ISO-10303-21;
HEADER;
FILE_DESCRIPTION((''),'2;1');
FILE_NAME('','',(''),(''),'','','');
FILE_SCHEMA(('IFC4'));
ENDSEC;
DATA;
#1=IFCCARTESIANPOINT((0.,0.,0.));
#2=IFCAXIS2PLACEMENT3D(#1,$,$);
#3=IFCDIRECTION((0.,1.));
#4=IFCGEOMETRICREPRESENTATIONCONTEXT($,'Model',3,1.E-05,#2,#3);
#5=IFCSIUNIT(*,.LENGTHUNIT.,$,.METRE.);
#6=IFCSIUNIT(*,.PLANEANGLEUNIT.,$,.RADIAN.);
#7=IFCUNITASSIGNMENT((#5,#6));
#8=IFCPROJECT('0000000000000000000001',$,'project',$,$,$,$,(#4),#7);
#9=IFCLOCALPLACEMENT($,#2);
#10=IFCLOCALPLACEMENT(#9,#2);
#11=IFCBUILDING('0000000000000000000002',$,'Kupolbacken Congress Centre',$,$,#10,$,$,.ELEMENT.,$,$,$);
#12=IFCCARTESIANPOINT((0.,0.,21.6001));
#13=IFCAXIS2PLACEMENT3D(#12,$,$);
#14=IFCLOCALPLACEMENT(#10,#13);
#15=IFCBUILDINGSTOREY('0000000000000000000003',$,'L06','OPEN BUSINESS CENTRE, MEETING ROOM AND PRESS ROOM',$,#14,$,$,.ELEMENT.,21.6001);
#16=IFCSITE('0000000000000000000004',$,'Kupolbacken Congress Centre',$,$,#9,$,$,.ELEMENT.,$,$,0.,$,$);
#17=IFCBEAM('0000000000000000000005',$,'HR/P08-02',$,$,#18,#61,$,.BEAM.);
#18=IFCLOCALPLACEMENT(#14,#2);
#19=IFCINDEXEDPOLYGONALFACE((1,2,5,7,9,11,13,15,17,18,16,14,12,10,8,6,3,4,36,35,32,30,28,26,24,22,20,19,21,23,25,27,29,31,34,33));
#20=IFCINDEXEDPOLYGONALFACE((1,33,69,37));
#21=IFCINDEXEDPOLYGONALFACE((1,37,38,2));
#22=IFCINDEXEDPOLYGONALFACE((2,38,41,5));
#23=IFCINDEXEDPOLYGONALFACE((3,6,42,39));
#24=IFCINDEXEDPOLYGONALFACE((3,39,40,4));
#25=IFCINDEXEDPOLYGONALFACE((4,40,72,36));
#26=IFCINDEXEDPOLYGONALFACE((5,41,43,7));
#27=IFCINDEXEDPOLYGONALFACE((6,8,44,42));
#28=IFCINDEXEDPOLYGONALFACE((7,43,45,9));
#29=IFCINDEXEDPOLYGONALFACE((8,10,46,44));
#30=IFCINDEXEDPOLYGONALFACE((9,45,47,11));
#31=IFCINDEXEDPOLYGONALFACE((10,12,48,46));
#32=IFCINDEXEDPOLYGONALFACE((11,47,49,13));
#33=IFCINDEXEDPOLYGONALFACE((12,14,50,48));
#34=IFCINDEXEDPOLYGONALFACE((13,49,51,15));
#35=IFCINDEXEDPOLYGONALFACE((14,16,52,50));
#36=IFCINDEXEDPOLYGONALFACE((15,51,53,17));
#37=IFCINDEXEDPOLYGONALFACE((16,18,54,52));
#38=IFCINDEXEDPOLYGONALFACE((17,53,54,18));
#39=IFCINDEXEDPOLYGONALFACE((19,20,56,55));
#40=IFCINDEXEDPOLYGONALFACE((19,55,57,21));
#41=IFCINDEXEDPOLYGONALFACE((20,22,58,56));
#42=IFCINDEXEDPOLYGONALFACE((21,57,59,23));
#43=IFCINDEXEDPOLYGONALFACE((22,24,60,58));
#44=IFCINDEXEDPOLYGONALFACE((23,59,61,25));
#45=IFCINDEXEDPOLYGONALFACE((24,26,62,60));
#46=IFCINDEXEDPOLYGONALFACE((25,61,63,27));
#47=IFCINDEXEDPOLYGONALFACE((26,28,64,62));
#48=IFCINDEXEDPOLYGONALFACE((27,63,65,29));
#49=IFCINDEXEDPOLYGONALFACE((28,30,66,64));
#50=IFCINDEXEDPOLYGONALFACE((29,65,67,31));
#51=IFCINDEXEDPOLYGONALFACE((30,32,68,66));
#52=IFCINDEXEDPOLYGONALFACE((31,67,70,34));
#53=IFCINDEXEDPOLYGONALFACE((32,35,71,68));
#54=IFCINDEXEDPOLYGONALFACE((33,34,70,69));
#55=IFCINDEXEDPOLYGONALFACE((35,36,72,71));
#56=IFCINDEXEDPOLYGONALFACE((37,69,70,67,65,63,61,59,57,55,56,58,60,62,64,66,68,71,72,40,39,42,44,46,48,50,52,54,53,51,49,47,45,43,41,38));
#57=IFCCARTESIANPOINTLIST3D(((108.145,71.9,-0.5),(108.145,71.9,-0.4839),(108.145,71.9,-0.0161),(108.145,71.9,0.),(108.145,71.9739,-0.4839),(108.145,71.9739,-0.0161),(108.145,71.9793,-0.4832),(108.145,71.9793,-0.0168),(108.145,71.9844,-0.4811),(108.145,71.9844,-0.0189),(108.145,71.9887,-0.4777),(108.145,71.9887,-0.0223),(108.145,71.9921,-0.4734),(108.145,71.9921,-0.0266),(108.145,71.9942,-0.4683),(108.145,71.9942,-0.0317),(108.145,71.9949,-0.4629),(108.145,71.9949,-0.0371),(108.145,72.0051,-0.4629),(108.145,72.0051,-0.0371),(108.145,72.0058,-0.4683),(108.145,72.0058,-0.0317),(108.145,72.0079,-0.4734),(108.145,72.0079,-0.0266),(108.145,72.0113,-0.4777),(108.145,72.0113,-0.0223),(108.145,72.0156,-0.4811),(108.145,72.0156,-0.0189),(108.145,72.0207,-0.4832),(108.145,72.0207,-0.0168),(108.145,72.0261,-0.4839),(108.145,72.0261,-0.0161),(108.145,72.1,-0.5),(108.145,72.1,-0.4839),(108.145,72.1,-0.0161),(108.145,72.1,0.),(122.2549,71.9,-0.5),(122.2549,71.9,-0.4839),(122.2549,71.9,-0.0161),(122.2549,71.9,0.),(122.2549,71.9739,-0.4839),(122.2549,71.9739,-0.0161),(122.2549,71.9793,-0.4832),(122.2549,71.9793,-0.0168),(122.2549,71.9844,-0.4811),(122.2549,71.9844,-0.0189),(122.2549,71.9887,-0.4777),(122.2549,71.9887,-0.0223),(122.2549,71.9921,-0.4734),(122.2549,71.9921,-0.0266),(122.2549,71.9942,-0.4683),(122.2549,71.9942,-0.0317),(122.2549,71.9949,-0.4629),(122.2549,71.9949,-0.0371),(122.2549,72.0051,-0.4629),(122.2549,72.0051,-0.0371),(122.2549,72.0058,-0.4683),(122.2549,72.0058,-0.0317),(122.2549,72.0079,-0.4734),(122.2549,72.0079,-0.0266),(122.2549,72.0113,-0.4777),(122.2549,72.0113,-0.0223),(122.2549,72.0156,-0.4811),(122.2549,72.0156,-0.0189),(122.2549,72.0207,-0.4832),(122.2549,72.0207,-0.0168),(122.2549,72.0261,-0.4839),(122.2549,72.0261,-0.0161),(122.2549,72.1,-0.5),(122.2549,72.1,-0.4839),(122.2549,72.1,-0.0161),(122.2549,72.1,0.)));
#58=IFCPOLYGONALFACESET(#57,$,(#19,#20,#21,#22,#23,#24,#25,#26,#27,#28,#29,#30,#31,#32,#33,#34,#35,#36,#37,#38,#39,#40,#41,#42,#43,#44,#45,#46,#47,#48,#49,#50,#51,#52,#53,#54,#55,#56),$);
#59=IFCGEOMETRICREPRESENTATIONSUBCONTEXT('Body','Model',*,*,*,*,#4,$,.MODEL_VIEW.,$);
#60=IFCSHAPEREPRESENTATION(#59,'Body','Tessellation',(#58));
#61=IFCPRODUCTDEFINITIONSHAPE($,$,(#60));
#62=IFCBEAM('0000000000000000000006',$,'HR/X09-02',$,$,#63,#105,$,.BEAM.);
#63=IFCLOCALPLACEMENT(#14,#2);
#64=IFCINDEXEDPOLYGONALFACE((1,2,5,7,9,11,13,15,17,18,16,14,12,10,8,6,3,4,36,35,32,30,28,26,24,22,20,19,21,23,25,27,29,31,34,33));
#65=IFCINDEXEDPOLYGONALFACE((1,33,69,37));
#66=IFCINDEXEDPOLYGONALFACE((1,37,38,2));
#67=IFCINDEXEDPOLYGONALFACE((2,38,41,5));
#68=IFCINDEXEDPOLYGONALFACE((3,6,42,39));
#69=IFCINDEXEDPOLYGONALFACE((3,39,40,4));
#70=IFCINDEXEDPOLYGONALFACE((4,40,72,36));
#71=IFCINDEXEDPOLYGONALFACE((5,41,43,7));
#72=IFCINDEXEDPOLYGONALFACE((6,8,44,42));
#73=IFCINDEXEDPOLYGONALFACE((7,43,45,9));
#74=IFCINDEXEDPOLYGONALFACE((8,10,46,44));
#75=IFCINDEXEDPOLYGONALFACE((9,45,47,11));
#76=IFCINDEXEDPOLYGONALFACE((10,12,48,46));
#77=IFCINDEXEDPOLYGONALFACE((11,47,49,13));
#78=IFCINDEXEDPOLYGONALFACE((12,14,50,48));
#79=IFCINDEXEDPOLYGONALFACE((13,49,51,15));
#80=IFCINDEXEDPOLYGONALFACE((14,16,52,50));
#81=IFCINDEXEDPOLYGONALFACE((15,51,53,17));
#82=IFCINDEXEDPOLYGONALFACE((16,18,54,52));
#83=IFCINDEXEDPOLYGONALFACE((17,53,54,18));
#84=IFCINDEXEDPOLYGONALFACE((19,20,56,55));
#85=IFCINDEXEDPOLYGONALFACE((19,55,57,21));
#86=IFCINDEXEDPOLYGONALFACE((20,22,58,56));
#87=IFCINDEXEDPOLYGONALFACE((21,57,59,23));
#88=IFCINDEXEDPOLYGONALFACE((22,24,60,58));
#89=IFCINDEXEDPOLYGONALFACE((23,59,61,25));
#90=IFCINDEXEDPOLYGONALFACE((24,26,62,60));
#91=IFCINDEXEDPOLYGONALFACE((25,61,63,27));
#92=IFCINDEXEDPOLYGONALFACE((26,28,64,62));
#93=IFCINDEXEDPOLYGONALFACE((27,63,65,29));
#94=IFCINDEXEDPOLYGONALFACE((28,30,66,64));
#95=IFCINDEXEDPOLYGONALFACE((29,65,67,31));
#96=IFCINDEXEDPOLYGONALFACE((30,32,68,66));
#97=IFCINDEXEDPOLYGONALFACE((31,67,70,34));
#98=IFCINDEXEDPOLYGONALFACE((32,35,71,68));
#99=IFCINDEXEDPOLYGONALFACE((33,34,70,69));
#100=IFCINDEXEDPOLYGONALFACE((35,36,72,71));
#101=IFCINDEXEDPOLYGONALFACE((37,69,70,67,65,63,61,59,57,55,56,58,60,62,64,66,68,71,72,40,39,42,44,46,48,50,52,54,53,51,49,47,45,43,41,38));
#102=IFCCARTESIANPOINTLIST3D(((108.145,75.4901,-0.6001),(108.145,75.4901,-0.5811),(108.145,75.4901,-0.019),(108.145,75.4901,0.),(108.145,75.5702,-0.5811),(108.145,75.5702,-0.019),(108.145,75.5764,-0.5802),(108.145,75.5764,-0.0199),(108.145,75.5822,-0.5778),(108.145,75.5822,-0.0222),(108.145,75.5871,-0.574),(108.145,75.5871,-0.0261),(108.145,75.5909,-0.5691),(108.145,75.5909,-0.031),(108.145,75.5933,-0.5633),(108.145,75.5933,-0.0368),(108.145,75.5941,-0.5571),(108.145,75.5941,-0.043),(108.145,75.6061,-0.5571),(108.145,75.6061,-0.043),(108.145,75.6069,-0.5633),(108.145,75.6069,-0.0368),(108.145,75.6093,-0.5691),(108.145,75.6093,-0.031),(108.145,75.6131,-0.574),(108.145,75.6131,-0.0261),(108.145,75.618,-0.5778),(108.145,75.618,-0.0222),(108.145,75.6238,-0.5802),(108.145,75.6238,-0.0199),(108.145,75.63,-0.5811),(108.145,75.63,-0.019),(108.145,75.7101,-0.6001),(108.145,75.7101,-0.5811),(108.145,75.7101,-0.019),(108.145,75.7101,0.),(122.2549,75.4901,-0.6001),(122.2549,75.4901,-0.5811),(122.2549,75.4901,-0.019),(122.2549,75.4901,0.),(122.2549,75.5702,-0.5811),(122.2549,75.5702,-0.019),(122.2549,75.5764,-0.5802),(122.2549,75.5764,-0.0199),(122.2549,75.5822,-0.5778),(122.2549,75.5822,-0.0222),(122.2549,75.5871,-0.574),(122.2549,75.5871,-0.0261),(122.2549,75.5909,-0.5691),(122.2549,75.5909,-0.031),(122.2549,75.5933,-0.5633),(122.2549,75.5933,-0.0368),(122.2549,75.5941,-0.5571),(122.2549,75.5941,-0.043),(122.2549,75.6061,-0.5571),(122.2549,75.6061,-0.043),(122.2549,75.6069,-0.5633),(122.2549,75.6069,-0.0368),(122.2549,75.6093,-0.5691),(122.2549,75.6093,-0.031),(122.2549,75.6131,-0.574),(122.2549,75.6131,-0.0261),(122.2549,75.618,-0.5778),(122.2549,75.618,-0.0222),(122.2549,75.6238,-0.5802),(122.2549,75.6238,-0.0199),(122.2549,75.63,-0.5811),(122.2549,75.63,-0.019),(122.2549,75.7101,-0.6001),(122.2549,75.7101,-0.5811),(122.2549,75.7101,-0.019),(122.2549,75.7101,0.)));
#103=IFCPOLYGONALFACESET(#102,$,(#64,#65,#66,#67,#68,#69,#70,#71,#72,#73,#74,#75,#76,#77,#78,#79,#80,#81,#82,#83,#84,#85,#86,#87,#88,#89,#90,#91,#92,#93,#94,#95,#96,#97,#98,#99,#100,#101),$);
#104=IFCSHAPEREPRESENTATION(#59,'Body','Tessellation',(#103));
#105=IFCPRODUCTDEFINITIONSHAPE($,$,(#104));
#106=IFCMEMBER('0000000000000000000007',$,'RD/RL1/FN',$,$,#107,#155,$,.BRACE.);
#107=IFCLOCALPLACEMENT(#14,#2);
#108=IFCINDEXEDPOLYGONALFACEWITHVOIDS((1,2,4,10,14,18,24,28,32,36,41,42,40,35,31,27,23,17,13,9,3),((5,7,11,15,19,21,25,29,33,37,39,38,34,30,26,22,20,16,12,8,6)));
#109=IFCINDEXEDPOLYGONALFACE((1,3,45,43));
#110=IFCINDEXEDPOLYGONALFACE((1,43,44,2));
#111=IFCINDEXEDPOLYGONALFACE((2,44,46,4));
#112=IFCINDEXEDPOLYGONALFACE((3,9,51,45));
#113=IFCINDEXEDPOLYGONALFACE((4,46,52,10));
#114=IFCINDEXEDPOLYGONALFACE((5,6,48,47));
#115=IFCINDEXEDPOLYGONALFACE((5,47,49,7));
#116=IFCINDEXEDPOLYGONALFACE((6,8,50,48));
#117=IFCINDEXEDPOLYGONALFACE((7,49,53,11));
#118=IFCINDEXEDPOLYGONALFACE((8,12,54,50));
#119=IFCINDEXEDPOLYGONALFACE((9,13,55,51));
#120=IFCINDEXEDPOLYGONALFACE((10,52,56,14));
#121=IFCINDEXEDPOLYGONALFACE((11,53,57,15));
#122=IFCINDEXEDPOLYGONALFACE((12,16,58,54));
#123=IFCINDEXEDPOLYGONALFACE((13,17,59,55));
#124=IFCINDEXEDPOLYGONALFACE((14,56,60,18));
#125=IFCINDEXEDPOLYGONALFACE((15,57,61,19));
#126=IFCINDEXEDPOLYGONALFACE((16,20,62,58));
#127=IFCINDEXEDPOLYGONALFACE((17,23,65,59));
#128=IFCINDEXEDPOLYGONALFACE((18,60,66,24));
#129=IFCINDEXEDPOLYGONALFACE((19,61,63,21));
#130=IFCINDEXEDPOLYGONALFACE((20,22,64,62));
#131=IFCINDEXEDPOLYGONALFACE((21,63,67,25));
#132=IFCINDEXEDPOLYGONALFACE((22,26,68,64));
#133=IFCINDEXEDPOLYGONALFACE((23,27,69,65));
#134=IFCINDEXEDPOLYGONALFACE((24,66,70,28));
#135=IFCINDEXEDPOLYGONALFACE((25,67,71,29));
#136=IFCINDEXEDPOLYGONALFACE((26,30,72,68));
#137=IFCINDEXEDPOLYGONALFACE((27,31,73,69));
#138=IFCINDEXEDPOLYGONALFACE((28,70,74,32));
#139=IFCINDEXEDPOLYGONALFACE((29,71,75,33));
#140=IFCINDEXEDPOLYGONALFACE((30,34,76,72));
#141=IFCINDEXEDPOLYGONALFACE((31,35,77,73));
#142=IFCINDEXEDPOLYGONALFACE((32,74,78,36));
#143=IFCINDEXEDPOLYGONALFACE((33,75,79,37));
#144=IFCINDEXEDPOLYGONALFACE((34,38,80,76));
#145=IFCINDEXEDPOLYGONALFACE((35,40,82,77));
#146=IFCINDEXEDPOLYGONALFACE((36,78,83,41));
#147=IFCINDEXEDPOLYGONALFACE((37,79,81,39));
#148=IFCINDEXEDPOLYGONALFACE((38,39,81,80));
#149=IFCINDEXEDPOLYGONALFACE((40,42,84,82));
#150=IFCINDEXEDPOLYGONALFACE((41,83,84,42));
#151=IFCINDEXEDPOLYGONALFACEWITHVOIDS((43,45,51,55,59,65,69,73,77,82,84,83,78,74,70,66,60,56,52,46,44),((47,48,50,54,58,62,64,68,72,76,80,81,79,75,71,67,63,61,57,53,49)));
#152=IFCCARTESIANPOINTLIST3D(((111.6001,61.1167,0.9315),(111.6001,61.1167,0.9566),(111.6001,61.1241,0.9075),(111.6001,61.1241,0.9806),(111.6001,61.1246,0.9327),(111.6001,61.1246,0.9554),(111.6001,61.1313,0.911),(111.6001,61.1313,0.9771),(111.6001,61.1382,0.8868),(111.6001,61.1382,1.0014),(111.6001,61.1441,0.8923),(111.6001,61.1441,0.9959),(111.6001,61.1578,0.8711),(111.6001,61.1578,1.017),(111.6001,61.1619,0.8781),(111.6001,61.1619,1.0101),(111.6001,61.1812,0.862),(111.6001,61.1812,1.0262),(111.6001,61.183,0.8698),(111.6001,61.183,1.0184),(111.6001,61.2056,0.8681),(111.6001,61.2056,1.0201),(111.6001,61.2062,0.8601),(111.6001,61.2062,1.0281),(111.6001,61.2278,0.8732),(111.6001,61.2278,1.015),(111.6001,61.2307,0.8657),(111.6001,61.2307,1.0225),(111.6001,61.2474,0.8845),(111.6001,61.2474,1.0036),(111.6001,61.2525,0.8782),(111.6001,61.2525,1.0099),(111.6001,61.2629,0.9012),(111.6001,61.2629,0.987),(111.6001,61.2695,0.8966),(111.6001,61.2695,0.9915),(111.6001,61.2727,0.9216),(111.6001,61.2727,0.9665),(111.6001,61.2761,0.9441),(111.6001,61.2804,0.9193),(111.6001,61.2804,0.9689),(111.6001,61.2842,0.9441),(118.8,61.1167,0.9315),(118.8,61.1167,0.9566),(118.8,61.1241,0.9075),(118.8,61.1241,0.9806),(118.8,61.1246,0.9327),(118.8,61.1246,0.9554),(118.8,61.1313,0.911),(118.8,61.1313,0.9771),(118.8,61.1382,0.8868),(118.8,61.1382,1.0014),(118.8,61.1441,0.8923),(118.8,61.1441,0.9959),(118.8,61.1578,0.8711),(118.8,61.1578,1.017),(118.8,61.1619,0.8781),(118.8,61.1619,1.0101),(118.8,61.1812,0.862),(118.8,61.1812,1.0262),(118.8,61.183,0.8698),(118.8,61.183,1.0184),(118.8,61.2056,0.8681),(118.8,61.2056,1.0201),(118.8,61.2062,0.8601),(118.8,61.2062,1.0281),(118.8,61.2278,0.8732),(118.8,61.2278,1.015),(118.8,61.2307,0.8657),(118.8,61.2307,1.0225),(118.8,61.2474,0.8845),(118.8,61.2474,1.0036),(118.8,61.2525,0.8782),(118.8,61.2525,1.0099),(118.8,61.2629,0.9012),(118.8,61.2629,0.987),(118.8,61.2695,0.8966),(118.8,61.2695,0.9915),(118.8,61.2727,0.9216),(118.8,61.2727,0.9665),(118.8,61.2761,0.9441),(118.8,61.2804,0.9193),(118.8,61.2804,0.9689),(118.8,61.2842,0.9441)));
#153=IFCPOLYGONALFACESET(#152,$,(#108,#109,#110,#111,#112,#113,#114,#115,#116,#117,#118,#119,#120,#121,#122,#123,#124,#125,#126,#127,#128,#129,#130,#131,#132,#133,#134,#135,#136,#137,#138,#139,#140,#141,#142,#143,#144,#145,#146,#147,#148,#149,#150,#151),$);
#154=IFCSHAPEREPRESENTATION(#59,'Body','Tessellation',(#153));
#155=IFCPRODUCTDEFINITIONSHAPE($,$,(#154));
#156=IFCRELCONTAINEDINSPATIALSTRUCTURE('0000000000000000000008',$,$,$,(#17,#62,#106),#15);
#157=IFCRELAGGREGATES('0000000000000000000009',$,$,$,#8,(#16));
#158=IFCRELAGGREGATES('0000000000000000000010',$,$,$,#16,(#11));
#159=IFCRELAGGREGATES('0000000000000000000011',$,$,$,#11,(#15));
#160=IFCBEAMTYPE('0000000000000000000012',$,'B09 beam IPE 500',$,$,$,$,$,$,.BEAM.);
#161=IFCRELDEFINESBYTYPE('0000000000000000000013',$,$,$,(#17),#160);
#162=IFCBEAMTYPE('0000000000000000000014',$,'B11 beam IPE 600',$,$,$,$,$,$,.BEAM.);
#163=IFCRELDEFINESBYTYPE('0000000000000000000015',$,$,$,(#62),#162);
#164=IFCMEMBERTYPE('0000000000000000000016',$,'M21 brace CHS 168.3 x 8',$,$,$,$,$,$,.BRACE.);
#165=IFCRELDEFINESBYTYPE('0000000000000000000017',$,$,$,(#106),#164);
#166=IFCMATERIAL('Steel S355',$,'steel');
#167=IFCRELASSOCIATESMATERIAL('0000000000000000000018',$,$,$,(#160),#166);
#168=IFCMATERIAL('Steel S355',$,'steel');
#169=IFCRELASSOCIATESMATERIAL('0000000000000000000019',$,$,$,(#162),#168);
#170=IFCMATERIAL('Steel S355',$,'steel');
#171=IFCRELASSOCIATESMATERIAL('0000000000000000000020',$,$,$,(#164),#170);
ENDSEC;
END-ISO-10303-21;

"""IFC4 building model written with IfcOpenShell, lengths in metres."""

from ifc_helpers import new_model, si_unit, direction, frame, origin, origin_2d, place, context, subcontext, project, spatial, hollow_circle, i_section, extrude, material, material_profile, profile_set, type_object, element, save


model = new_model("IFC4")

# Units and contexts
model_context = context("Model", 3, precision=1e-05, world=origin(), true_north=direction((0.0, 1.0)))
body_context = subcontext(model_context, "Body", "Model", "MODEL_VIEW")
ifc_project = project(units=[si_unit("LENGTHUNIT", "METRE"), si_unit("PLANEANGLEUNIT", "RADIAN")], contexts=[model_context])

# Site, building, storey
site_placement = place(None, origin())
site = spatial("IfcSite", under=ifc_project, at=site_placement, Name="Kupolbacken Congress Centre", CompositionType="ELEMENT", RefElevation=0.0)
building_placement = place(site_placement, origin())
building = spatial("IfcBuilding", under=site, at=building_placement, Name="Kupolbacken Congress Centre", CompositionType="ELEMENT")
storey_placement = place(building_placement, frame((0.0, 0.0, 21.6001)))
storey = spatial("IfcBuildingStorey", under=building, at=storey_placement, Name="L06", Description="OPEN BUSINESS CENTRE, MEETING ROOM AND PRESS ROOM", CompositionType="ELEMENT", Elevation=21.6001)

# Beams
ifc_material_1 = material(Name="Steel S355", Category="steel")
ifc_material_profile_1 = material_profile(ifc_material_1, i_section(OverallWidth=0.2, OverallDepth=0.5, WebThickness=0.0103, FlangeThickness=0.0161, FilletRadius=0.021, at=origin_2d()), Name="IPE 500")
ifc_profile_set_1 = profile_set([ifc_material_profile_1], Name="Steel S355")
beam_type_1 = type_object("IfcBeamType", Name="B09 beam IPE 500", PredefinedType="BEAM", material=ifc_profile_set_1)
for number, where, z_axis, x_axis, name in (
    (1, (108.145, 72.0, -0.25), (1.0, 0.0, 0.0), (0.0, 1.0, 0.0), "HR/P08-02"),
):
    element("IfcBeam", number, at=place(storey_placement, frame(where, z_axis=z_axis, x_axis=x_axis)), inside=storey, type_object=beam_type_1, Name=name, PredefinedType="BEAM", context=body_context, shape_type="SweptSolid", body=[
        extrude(i_section(OverallWidth=0.2, OverallDepth=0.5, WebThickness=0.0103, FlangeThickness=0.0161, FilletRadius=0.021, at=origin_2d()), origin(), (0.0, 0.0, 1.0), 14.1099),
    ])
ifc_material_2 = material(Name="Steel S355", Category="steel")
ifc_material_profile_2 = material_profile(ifc_material_2, i_section(OverallWidth=0.22, OverallDepth=0.6001, WebThickness=0.012, FlangeThickness=0.019, FilletRadius=0.0239, at=origin_2d()), Name="IPE 600")
ifc_profile_set_2 = profile_set([ifc_material_profile_2], Name="Steel S355")
beam_type_2 = type_object("IfcBeamType", Name="B11 beam IPE 600", PredefinedType="BEAM", material=ifc_profile_set_2)
beam_placement = place(storey_placement, frame((108.145, 75.6001, -0.3), z_axis=(1.0, 0.0, 0.0), x_axis=(0.0, 1.0, 0.0)))
element("IfcBeam", 2, at=beam_placement, inside=storey, type_object=beam_type_2, Name="HR/X09-02", PredefinedType="BEAM", context=body_context, shape_type="SweptSolid", body=[
    extrude(i_section(OverallWidth=0.22, OverallDepth=0.6001, WebThickness=0.012, FlangeThickness=0.019, FilletRadius=0.0239, at=origin_2d()), origin(), (0.0, 0.0, 1.0), 14.1099),
])

# Member
ifc_material_3 = material(Name="Steel S355", Category="steel")
ifc_material_profile_3 = material_profile(ifc_material_3, hollow_circle(Radius=0.0842, WallThickness=0.0081, at=origin_2d()), Name="CHS 168.3 x 8")
ifc_profile_set_3 = profile_set([ifc_material_profile_3], Name="Steel S355")
member_type = type_object("IfcMemberType", Name="M21 brace CHS 168.3 x 8", PredefinedType="BRACE", material=ifc_profile_set_3)
for number, where, z_axis, x_axis, name in (
    (3, (111.6001, 61.2, 0.9441), (1.0, 0.0, 0.0), (0.0, 1.0, 0.0), "RD/RL1/FN"),
):
    element("IfcMember", number, at=place(storey_placement, frame(where, z_axis=z_axis, x_axis=x_axis)), inside=storey, type_object=member_type, Name=name, PredefinedType="BRACE", context=body_context, shape_type="SweptSolid", body=[
        extrude(hollow_circle(Radius=0.0842, WallThickness=0.0081, at=origin_2d()), origin(), (0.0, 0.0, 1.0), 7.2),
    ])

save(model, "model.ifc")
